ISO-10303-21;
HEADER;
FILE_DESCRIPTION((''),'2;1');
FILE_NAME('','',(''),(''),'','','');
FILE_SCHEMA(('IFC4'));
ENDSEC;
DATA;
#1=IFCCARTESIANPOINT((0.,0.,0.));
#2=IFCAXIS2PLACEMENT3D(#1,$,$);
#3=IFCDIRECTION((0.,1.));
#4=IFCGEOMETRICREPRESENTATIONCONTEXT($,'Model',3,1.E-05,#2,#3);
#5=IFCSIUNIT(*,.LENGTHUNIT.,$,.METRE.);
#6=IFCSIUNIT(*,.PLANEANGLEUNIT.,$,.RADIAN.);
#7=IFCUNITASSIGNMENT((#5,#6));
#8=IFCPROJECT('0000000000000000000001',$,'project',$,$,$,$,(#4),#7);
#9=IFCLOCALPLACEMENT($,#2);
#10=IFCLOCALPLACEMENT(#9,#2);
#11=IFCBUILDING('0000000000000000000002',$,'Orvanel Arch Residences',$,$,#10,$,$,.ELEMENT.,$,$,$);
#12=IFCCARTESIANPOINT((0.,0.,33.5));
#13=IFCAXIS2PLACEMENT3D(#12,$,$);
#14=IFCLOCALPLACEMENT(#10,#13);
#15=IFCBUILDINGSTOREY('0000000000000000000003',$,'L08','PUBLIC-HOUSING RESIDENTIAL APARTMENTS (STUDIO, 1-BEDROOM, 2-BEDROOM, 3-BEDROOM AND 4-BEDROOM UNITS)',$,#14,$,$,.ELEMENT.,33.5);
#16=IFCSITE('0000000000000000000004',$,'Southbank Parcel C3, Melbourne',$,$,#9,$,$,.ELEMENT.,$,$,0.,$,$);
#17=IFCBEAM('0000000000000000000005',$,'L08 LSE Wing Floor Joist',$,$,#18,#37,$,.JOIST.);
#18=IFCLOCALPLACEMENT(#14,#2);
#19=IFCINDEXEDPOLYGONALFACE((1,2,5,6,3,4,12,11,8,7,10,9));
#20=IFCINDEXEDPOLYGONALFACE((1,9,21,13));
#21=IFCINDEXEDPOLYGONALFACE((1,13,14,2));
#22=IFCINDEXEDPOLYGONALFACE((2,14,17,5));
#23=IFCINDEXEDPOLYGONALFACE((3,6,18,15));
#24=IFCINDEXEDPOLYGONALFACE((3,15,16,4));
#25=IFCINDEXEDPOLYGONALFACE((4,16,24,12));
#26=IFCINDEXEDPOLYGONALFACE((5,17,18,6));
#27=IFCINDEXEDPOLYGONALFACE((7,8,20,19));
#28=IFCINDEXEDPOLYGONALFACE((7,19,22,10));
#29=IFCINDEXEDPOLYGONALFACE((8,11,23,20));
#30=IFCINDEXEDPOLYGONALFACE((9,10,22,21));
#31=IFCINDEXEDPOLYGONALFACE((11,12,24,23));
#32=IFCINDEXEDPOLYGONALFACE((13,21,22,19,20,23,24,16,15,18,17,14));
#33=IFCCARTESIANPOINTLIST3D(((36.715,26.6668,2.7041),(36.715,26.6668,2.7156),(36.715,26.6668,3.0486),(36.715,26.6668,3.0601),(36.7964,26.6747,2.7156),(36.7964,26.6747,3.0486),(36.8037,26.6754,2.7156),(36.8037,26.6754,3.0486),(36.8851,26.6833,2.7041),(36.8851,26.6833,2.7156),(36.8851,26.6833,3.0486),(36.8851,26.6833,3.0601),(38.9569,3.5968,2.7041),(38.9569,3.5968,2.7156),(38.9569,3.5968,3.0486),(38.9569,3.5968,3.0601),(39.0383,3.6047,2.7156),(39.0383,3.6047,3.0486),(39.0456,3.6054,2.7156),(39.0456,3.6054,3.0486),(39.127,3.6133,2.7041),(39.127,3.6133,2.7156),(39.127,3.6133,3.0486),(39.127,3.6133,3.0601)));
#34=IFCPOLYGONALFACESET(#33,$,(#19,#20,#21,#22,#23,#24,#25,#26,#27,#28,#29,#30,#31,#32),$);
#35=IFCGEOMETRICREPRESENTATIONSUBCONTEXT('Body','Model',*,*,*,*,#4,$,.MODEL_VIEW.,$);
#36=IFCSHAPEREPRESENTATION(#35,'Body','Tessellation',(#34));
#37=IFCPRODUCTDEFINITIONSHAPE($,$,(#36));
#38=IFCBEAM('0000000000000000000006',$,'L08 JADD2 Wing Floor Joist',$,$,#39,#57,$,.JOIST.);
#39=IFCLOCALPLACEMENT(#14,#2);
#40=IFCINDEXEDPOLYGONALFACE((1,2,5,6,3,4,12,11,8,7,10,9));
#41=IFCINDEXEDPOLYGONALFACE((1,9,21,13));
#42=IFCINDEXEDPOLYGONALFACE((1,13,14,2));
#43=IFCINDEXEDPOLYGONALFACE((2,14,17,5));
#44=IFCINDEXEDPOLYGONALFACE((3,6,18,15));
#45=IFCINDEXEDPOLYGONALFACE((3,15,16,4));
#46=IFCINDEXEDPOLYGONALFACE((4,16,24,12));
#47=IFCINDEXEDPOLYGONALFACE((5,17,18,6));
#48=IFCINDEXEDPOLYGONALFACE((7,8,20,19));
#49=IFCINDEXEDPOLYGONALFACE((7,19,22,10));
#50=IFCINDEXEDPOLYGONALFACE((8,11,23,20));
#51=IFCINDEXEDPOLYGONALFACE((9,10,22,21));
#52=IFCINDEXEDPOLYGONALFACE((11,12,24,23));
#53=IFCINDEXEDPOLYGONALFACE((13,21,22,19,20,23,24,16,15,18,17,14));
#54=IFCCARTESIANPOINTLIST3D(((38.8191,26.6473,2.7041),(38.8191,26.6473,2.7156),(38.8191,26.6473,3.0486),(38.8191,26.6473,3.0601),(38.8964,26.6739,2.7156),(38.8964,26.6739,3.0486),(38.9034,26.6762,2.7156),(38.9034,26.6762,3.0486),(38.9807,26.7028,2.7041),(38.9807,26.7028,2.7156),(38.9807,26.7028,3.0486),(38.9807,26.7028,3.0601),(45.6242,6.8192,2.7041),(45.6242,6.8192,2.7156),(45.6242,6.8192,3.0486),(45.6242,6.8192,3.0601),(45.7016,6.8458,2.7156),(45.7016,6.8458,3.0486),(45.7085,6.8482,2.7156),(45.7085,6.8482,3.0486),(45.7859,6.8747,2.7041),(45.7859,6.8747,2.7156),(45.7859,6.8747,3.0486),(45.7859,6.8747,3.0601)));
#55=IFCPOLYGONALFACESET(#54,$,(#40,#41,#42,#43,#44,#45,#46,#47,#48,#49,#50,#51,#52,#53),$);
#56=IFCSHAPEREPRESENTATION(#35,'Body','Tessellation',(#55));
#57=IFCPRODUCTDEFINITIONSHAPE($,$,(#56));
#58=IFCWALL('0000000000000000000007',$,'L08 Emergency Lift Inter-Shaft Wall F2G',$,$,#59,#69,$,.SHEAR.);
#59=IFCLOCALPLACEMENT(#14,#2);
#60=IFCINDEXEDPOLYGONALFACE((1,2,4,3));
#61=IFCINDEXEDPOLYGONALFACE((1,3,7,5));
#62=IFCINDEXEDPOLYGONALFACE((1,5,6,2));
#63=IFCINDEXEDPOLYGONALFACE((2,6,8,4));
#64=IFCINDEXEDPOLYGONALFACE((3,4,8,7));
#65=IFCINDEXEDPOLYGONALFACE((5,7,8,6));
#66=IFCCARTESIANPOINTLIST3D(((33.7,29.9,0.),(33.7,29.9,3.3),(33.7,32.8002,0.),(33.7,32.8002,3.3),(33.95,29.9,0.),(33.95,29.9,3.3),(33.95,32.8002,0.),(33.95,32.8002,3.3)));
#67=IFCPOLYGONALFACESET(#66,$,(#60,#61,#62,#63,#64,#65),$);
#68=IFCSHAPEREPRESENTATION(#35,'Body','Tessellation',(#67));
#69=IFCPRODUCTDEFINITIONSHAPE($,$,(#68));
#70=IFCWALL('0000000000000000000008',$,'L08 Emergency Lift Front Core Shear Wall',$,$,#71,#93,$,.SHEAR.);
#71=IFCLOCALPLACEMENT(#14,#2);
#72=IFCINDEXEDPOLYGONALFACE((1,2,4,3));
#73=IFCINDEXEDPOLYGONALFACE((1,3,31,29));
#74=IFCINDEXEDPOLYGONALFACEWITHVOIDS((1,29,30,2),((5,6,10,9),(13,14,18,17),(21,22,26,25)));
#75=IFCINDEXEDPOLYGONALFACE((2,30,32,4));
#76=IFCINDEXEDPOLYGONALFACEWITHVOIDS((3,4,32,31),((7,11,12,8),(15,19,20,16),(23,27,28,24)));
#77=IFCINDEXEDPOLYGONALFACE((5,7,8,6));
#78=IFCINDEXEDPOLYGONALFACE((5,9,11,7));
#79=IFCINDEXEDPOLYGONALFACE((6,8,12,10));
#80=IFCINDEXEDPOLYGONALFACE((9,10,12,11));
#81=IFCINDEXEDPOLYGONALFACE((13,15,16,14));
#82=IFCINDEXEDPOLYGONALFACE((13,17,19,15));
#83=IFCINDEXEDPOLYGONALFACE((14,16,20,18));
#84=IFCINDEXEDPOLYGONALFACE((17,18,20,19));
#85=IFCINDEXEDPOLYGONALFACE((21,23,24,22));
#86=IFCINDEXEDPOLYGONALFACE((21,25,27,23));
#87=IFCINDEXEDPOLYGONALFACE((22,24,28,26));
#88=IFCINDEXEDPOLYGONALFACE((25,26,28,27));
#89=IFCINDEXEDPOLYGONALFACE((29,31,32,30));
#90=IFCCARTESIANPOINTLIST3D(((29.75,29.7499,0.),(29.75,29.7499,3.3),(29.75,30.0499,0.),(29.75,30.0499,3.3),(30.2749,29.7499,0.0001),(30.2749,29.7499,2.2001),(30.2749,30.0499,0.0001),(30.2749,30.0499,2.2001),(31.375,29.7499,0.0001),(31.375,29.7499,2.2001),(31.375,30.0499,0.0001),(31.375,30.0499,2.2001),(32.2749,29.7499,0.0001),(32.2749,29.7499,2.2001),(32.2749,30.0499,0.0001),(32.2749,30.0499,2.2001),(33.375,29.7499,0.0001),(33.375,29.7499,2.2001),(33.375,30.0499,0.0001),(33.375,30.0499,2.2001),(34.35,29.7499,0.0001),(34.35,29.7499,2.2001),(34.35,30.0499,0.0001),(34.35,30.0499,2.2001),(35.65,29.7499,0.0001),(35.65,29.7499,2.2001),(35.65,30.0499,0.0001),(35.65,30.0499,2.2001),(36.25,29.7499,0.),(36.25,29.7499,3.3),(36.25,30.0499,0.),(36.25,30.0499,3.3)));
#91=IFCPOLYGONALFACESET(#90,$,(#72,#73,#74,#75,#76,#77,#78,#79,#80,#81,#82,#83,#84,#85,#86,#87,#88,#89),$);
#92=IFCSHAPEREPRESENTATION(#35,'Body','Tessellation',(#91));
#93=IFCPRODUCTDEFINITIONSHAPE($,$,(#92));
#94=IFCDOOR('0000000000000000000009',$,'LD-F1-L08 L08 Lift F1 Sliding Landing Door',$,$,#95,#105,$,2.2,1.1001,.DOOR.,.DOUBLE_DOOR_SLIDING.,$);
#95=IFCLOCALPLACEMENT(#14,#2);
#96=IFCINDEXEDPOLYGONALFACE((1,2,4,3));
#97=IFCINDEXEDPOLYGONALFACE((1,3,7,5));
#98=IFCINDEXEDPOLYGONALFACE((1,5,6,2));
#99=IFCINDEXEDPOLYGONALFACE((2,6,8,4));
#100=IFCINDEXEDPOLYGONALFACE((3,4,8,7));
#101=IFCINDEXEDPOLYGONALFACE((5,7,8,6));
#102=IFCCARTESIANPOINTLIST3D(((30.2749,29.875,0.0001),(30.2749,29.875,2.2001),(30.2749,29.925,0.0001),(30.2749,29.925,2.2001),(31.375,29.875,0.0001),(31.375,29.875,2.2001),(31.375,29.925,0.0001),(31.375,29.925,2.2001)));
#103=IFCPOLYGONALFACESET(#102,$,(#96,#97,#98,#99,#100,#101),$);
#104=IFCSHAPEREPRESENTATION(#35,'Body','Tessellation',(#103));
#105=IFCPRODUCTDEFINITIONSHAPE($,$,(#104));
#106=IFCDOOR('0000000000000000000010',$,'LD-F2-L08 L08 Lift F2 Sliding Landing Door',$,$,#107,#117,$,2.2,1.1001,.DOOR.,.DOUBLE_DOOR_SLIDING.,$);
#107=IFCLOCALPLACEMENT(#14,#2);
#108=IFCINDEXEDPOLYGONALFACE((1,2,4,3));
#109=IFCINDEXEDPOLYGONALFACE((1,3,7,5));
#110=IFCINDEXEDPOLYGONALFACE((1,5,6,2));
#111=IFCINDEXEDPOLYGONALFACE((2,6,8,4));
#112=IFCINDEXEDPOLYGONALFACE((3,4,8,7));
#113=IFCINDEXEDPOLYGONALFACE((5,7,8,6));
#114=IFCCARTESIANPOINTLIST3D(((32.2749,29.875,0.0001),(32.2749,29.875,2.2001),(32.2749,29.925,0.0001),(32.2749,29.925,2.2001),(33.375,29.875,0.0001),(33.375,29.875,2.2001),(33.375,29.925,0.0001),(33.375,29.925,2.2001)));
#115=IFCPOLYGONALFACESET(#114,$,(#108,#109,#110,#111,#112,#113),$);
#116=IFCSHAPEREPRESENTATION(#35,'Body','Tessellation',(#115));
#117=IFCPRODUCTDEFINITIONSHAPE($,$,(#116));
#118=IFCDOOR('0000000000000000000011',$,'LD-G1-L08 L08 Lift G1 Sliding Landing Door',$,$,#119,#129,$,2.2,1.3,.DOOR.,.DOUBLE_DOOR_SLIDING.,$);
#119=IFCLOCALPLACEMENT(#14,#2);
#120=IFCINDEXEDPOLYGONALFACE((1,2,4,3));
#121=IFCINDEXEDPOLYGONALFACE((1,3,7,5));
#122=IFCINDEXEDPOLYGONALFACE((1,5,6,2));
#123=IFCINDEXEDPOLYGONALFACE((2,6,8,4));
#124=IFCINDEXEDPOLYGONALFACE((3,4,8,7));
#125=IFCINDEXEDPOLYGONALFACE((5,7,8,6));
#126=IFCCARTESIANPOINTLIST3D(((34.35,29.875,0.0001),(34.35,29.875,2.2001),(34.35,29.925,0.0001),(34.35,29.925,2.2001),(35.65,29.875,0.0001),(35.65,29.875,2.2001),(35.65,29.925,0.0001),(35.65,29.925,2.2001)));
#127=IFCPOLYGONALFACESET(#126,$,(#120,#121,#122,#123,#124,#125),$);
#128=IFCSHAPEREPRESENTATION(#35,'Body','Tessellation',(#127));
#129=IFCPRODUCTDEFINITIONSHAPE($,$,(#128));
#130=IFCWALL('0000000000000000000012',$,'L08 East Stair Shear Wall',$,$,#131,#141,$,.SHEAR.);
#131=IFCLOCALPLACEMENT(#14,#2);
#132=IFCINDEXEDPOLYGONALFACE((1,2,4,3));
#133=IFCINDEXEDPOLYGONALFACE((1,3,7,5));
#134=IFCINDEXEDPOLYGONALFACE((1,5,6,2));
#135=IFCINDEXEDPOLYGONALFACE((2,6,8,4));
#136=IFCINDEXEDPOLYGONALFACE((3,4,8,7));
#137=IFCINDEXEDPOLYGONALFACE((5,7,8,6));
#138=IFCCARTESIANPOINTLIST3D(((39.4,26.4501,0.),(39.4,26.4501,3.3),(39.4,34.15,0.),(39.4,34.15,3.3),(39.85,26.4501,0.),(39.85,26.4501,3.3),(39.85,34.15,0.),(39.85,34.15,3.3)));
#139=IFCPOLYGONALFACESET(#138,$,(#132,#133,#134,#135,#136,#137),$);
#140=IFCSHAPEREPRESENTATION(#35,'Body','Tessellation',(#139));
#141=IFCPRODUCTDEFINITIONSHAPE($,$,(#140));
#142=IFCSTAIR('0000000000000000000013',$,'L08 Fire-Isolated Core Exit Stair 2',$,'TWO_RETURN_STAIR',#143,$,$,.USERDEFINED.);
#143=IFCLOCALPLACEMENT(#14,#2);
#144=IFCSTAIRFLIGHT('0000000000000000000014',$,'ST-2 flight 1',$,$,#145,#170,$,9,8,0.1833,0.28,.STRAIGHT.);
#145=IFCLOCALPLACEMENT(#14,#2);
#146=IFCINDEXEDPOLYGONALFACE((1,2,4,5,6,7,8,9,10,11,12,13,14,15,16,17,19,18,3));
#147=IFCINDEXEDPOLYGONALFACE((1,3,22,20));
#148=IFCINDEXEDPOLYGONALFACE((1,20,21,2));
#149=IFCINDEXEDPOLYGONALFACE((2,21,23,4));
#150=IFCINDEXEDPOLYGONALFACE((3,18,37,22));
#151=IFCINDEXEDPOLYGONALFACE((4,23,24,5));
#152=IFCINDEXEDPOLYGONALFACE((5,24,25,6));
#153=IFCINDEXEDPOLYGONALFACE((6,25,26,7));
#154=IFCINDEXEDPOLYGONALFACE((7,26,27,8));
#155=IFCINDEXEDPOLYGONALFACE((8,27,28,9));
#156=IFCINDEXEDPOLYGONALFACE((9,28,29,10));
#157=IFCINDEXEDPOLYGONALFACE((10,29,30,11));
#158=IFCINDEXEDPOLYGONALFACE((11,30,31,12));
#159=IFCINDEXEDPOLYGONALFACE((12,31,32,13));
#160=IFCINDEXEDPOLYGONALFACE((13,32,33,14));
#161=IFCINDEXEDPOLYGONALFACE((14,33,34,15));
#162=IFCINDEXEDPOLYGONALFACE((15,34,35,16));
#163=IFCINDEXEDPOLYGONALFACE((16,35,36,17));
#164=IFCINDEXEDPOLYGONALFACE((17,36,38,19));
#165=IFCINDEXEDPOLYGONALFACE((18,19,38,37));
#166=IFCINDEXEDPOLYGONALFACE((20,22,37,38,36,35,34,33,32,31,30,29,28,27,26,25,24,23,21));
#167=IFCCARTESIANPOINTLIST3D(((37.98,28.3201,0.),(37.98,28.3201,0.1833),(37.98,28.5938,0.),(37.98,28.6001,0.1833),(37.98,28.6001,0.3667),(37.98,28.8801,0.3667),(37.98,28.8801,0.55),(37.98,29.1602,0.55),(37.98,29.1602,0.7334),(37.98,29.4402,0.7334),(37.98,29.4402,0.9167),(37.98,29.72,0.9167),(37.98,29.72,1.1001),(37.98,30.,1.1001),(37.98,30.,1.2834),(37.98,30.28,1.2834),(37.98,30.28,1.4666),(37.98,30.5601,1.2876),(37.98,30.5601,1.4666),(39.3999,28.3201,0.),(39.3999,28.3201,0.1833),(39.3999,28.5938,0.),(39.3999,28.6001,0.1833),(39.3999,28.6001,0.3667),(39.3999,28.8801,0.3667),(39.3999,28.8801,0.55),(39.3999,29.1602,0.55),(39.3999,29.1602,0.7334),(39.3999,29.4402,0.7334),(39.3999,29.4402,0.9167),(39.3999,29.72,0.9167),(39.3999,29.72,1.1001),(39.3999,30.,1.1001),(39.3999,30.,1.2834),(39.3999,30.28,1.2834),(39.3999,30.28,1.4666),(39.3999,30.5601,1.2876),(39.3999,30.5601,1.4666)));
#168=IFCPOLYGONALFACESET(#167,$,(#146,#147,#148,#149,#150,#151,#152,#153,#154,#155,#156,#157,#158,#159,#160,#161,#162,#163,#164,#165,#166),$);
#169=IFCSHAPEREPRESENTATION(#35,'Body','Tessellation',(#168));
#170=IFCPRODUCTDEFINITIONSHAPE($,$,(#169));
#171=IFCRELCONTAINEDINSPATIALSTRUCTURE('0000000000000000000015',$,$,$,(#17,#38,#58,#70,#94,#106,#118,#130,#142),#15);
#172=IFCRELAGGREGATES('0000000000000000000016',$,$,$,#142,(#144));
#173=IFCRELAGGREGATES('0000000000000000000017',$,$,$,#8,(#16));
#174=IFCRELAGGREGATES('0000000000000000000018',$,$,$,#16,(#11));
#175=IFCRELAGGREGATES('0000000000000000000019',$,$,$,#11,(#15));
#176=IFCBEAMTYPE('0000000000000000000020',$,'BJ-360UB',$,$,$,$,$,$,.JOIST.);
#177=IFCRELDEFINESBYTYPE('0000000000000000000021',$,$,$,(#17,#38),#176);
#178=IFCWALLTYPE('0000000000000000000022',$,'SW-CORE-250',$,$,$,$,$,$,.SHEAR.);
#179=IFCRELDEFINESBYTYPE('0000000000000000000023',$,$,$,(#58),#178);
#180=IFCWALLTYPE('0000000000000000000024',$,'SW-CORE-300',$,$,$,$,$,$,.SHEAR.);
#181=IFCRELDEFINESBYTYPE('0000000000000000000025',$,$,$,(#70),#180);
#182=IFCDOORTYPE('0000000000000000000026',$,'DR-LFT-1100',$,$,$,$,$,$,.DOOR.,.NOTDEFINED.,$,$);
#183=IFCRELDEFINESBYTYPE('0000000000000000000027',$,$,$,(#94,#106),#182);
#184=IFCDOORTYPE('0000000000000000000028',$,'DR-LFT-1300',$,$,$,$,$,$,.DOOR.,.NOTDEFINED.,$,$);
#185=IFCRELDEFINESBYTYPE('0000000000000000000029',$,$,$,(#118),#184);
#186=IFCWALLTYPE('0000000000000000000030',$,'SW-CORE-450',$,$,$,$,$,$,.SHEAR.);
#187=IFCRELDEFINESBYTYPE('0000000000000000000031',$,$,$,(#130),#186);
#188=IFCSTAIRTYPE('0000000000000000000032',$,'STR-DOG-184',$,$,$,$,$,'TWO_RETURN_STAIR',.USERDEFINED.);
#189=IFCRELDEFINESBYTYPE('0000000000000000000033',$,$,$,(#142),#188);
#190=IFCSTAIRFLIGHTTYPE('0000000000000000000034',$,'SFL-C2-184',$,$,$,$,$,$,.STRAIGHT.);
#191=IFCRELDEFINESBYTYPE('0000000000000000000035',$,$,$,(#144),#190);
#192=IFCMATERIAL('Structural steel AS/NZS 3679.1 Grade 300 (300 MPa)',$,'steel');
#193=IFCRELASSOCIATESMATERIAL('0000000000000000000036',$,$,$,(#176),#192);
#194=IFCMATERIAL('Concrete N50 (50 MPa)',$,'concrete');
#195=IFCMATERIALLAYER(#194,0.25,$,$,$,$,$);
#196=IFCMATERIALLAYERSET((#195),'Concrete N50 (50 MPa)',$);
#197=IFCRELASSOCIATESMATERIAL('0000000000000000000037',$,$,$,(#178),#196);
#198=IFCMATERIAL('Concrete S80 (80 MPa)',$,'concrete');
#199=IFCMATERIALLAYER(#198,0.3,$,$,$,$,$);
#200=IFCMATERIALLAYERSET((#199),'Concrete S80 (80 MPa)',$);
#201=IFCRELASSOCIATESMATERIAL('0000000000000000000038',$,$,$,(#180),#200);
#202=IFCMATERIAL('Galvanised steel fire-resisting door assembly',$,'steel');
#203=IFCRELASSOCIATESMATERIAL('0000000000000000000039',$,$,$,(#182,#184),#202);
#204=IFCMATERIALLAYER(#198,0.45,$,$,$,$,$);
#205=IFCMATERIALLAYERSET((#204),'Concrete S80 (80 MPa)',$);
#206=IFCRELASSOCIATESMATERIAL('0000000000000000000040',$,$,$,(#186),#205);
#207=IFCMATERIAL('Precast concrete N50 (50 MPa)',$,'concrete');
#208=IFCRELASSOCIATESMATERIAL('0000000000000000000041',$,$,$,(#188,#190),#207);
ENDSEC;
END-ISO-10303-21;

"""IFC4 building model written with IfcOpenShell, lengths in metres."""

from ifc_helpers import new_model, si_unit, direction, frame, frame_2d, origin, origin_2d, place, context, subcontext, project, spatial, polyline, rectangle, i_section, outline, extrude, material, layer, layer_set, material_profile, profile_set, type_object, element, fill, aggregate, save


model = new_model("IFC4")

# Units and contexts
model_context = context("Model", 3, precision=1e-05, world=origin(), true_north=direction((0.0, 1.0)))
body_context = subcontext(model_context, "Body", "Model", "MODEL_VIEW")
ifc_project = project(units=[si_unit("LENGTHUNIT", "METRE"), si_unit("PLANEANGLEUNIT", "RADIAN")], contexts=[model_context])

# Site, building, storey
site_placement = place(None, origin())
site = spatial("IfcSite", under=ifc_project, at=site_placement, Name="Southbank Parcel C3, Melbourne", CompositionType="ELEMENT", RefElevation=0.0)
building_placement = place(site_placement, origin())
building = spatial("IfcBuilding", under=site, at=building_placement, Name="Orvanel Arch Residences", CompositionType="ELEMENT")
storey_placement = place(building_placement, frame((0.0, 0.0, 33.5)))
storey = spatial("IfcBuildingStorey", under=building, at=storey_placement, Name="L08", Description="PUBLIC-HOUSING RESIDENTIAL APARTMENTS (STUDIO, 1-BEDROOM, 2-BEDROOM, 3-BEDROOM AND 4-BEDROOM UNITS)", CompositionType="ELEMENT", Elevation=33.5)

# Beams
ifc_material_1 = material(Name="Structural steel AS/NZS 3679.1 Grade 300 (300 MPa)", Category="steel")
ifc_material_profile_1 = material_profile(ifc_material_1, i_section(OverallWidth=0.1709, OverallDepth=0.356, WebThickness=0.0073, FlangeThickness=0.0115, at=origin_2d()), Name="360UB50.7")
ifc_profile_set_1 = profile_set([ifc_material_profile_1], Name="Structural steel AS/NZS 3679.1 Grade 300 (300 MPa)")
beam_type_1 = type_object("IfcBeamType", Name="BJ-360UB", PredefinedType="JOIST", material=ifc_profile_set_1)
beam_1_placement = place(storey_placement, frame((36.8, 26.675, 2.8821), z_axis=(0.096724, -0.995311, 0.0), x_axis=(0.995311, 0.096724, 0.0)))
element("IfcBeam", 1, at=beam_1_placement, inside=storey, type_object=beam_type_1, Name="L08 LSE Wing Floor Joist", PredefinedType="JOIST", context=body_context, shape_type="SweptSolid", body=[
    extrude(i_section(OverallWidth=0.1709, OverallDepth=0.356, WebThickness=0.0073, FlangeThickness=0.0115, at=origin_2d()), origin(), (0.0, 0.0, 1.0), 23.1787),
])
beam_2_placement = place(storey_placement, frame((38.8999, 26.675, 2.8821), z_axis=(0.324621, -0.945844, 0.0), x_axis=(0.945844, 0.324621, 0.0)))
element("IfcBeam", 2, at=beam_2_placement, inside=storey, type_object=beam_type_1, Name="L08 JADD2 Wing Floor Joist", PredefinedType="JOIST", context=body_context, shape_type="SweptSolid", body=[
    extrude(i_section(OverallWidth=0.1709, OverallDepth=0.356, WebThickness=0.0073, FlangeThickness=0.0115, at=origin_2d()), origin(), (0.0, 0.0, 1.0), 20.9634),
])

# Wall
ifc_material_2 = material(Name="Concrete N50 (50 MPa)", Category="concrete")
ifc_layer_1 = layer(ifc_material_2, 0.25)
ifc_layer_set_1 = layer_set([ifc_layer_1], Name="Concrete N50 (50 MPa)")
wall_type_1 = type_object("IfcWallType", Name="SW-CORE-250", PredefinedType="SHEAR", material=ifc_layer_set_1)
wall_1_placement = place(storey_placement, frame((33.825, 29.8999, 0.0), z_axis=(0.0, 0.0, 1.0), x_axis=(0.0, 1.0, 0.0)))
element("IfcWall", 3, at=wall_1_placement, inside=storey, type_object=wall_type_1, Name="L08 Emergency Lift Inter-Shaft Wall F2G", PredefinedType="SHEAR", context=body_context, shape_type="SweptSolid", body=[
    extrude(rectangle(XDim=2.9001, YDim=0.25, at=frame_2d((1.4502, 0.0))), origin(), (0.0, 0.0, 1.0), 3.3),
])

# Shared definitions
ifc_material_3 = material(Name="Concrete S80 (80 MPa)", Category="concrete")
ifc_layer_2 = layer(ifc_material_3, 0.3)
ifc_layer_set_2 = layer_set([ifc_layer_2], Name="Concrete S80 (80 MPa)")
wall_type_2 = type_object("IfcWallType", Name="SW-CORE-300", PredefinedType="SHEAR", material=ifc_layer_set_2)
ifc_material_4 = material(Name="Galvanised steel fire-resisting door assembly", Category="steel")

# Wall, openings, doors
wall_2_placement = place(storey_placement, frame((36.25, 29.8999, 0.0), z_axis=(0.0, 0.0, 1.0), x_axis=(-1.0, 0.0, 0.0)))
wall_2 = element("IfcWall", 4, at=wall_2_placement, inside=storey, type_object=wall_type_2, Name="L08 Emergency Lift Front Core Shear Wall", PredefinedType="SHEAR", context=body_context, shape_type="SweptSolid", body=[
    extrude(rectangle(XDim=6.5, YDim=0.3, at=frame_2d((3.25, 0.0))), origin(), (0.0, 0.0, 1.0), 3.3),
])
opening_1_placement = place(wall_2_placement, frame((4.875, 0.0, 0.0)))
opening_1 = element("IfcOpeningElement", 5, at=opening_1_placement, cuts=wall_2, PredefinedType="OPENING", context=body_context, shape_type="SweptSolid", body=[
    extrude(rectangle(XDim=1.1001, YDim=2.2, at=frame_2d((0.55, 1.1001))), frame((0.0, 0.1599, 0.0), z_axis=(0.0, -1.0, 0.0), x_axis=(1.0, 0.0, 0.0)), (0.0, 0.0, 1.0), 0.3201),
])
opening_2_placement = place(wall_2_placement, frame((2.875, 0.0, 0.0)))
opening_2 = element("IfcOpeningElement", 6, at=opening_2_placement, cuts=wall_2, PredefinedType="OPENING", context=body_context, shape_type="SweptSolid", body=[
    extrude(rectangle(XDim=1.1001, YDim=2.2, at=frame_2d((0.55, 1.1001))), frame((0.0, 0.1599, 0.0), z_axis=(0.0, -1.0, 0.0), x_axis=(1.0, 0.0, 0.0)), (0.0, 0.0, 1.0), 0.3201),
])
opening_3_placement = place(wall_2_placement, frame((0.6001, 0.0, 0.0)))
opening_3 = element("IfcOpeningElement", 7, at=opening_3_placement, cuts=wall_2, PredefinedType="OPENING", context=body_context, shape_type="SweptSolid", body=[
    extrude(rectangle(XDim=1.3, YDim=2.2, at=frame_2d((0.6499, 1.1001))), frame((0.0, 0.1599, 0.0), z_axis=(0.0, -1.0, 0.0), x_axis=(1.0, 0.0, 0.0)), (0.0, 0.0, 1.0), 0.3201),
])
door_type_1 = type_object("IfcDoorType", Name="DR-LFT-1100", OperationType="NOTDEFINED", PredefinedType="DOOR", material=ifc_material_4)
door_1_placement = place(opening_1_placement, origin())
door_1 = element("IfcDoor", 8, at=door_1_placement, inside=storey, type_object=door_type_1, Name="LD-F1-L08 L08 Lift F1 Sliding Landing Door", OperationType="DOUBLE_DOOR_SLIDING", OverallHeight=2.2, OverallWidth=1.1001, PredefinedType="DOOR", context=body_context, shape_type="SweptSolid", body=[
    extrude(rectangle(XDim=1.1001, YDim=2.2, at=frame_2d((0.55, 1.1001))), frame((0.0, 0.0249, 0.0), z_axis=(0.0, -1.0, 0.0), x_axis=(1.0, 0.0, 0.0)), (0.0, 0.0, 1.0), 0.05),
])
fill(opening_1, door_1)
door_2_placement = place(opening_2_placement, origin())
door_2 = element("IfcDoor", 9, at=door_2_placement, inside=storey, type_object=door_type_1, Name="LD-F2-L08 L08 Lift F2 Sliding Landing Door", OperationType="DOUBLE_DOOR_SLIDING", OverallHeight=2.2, OverallWidth=1.1001, PredefinedType="DOOR", context=body_context, shape_type="SweptSolid", body=[
    extrude(rectangle(XDim=1.1001, YDim=2.2, at=frame_2d((0.55, 1.1001))), frame((0.0, 0.0249, 0.0), z_axis=(0.0, -1.0, 0.0), x_axis=(1.0, 0.0, 0.0)), (0.0, 0.0, 1.0), 0.05),
])
fill(opening_2, door_2)
door_type_2 = type_object("IfcDoorType", Name="DR-LFT-1300", OperationType="NOTDEFINED", PredefinedType="DOOR", material=ifc_material_4)
door_3_placement = place(opening_3_placement, origin())
door_3 = element("IfcDoor", 10, at=door_3_placement, inside=storey, type_object=door_type_2, Name="LD-G1-L08 L08 Lift G1 Sliding Landing Door", OperationType="DOUBLE_DOOR_SLIDING", OverallHeight=2.2, OverallWidth=1.3, PredefinedType="DOOR", context=body_context, shape_type="SweptSolid", body=[
    extrude(rectangle(XDim=1.3, YDim=2.2, at=frame_2d((0.6499, 1.1001))), frame((0.0, 0.0249, 0.0), z_axis=(0.0, -1.0, 0.0), x_axis=(1.0, 0.0, 0.0)), (0.0, 0.0, 1.0), 0.05),
])
fill(opening_3, door_3)

# Wall
ifc_layer_3 = layer(ifc_material_3, 0.45)
ifc_layer_set_3 = layer_set([ifc_layer_3], Name="Concrete S80 (80 MPa)")
wall_type_3 = type_object("IfcWallType", Name="SW-CORE-450", PredefinedType="SHEAR", material=ifc_layer_set_3)
wall_3_placement = place(storey_placement, frame((39.625, 26.45, 0.0), z_axis=(0.0, 0.0, 1.0), x_axis=(0.0, 1.0, 0.0)))
element("IfcWall", 11, at=wall_3_placement, inside=storey, type_object=wall_type_3, Name="L08 East Stair Shear Wall", PredefinedType="SHEAR", context=body_context, shape_type="SweptSolid", body=[
    extrude(rectangle(XDim=7.7, YDim=0.45, at=frame_2d((3.8501, 0.0))), origin(), (0.0, 0.0, 1.0), 3.3),
])

# Stair, stair flight
ifc_material_5 = material(Name="Precast concrete N50 (50 MPa)", Category="concrete")
stair_type = type_object("IfcStairType", Name="STR-DOG-184", ElementType="TWO_RETURN_STAIR", PredefinedType="USERDEFINED", material=ifc_material_5)
stair_placement = place(storey_placement, origin())
stair = element("IfcStair", 12, at=stair_placement, inside=storey, type_object=stair_type, Name="L08 Fire-Isolated Core Exit Stair 2", ObjectType="TWO_RETURN_STAIR", PredefinedType="USERDEFINED")
stair_flight_type = type_object("IfcStairFlightType", Name="SFL-C2-184", PredefinedType="STRAIGHT", material=ifc_material_5)
stair_flight_1_placement = place(storey_placement, frame((38.6899, 28.3201, 0.0), z_axis=(0.0, 0.0, 1.0), x_axis=(0.0, 1.0, 0.0)))
stair_flight_1 = element("IfcStairFlight", 13, at=stair_flight_1_placement, type_object=stair_flight_type, Name="ST-2 flight 1", NumberOfRisers=9, NumberOfTreads=8, PredefinedType="STRAIGHT", RiserHeight=0.1833, TreadLength=0.28, context=body_context, shape_type="SweptSolid", body=[
    extrude(outline(polyline([(0.0, 0.0), (0.0, 0.1833), (0.28, 0.1833), (0.28, 0.3667), (0.5601, 0.3667), (0.5601, 0.55), (0.8401, 0.55), (0.8401, 0.7334), (1.1201, 0.7334), (1.1201, 0.9167), (1.3999, 0.9167), (1.3999, 1.1001), (1.6799, 1.1001), (1.6799, 1.2834), (1.96, 1.2834), (1.96, 1.4666), (2.24, 1.4666), (2.24, 1.6499), (2.24, 1.2876), (0.2737, 0.0), (0.0, 0.0)])), frame((0.0, 0.71, 0.0), z_axis=(0.0, -1.0, 0.0), x_axis=(1.0, 0.0, 0.0)), (0.0, 0.0, 1.0), 1.4199),
])
aggregate(stair, [stair_flight_1])

save(model, "model.ifc")
